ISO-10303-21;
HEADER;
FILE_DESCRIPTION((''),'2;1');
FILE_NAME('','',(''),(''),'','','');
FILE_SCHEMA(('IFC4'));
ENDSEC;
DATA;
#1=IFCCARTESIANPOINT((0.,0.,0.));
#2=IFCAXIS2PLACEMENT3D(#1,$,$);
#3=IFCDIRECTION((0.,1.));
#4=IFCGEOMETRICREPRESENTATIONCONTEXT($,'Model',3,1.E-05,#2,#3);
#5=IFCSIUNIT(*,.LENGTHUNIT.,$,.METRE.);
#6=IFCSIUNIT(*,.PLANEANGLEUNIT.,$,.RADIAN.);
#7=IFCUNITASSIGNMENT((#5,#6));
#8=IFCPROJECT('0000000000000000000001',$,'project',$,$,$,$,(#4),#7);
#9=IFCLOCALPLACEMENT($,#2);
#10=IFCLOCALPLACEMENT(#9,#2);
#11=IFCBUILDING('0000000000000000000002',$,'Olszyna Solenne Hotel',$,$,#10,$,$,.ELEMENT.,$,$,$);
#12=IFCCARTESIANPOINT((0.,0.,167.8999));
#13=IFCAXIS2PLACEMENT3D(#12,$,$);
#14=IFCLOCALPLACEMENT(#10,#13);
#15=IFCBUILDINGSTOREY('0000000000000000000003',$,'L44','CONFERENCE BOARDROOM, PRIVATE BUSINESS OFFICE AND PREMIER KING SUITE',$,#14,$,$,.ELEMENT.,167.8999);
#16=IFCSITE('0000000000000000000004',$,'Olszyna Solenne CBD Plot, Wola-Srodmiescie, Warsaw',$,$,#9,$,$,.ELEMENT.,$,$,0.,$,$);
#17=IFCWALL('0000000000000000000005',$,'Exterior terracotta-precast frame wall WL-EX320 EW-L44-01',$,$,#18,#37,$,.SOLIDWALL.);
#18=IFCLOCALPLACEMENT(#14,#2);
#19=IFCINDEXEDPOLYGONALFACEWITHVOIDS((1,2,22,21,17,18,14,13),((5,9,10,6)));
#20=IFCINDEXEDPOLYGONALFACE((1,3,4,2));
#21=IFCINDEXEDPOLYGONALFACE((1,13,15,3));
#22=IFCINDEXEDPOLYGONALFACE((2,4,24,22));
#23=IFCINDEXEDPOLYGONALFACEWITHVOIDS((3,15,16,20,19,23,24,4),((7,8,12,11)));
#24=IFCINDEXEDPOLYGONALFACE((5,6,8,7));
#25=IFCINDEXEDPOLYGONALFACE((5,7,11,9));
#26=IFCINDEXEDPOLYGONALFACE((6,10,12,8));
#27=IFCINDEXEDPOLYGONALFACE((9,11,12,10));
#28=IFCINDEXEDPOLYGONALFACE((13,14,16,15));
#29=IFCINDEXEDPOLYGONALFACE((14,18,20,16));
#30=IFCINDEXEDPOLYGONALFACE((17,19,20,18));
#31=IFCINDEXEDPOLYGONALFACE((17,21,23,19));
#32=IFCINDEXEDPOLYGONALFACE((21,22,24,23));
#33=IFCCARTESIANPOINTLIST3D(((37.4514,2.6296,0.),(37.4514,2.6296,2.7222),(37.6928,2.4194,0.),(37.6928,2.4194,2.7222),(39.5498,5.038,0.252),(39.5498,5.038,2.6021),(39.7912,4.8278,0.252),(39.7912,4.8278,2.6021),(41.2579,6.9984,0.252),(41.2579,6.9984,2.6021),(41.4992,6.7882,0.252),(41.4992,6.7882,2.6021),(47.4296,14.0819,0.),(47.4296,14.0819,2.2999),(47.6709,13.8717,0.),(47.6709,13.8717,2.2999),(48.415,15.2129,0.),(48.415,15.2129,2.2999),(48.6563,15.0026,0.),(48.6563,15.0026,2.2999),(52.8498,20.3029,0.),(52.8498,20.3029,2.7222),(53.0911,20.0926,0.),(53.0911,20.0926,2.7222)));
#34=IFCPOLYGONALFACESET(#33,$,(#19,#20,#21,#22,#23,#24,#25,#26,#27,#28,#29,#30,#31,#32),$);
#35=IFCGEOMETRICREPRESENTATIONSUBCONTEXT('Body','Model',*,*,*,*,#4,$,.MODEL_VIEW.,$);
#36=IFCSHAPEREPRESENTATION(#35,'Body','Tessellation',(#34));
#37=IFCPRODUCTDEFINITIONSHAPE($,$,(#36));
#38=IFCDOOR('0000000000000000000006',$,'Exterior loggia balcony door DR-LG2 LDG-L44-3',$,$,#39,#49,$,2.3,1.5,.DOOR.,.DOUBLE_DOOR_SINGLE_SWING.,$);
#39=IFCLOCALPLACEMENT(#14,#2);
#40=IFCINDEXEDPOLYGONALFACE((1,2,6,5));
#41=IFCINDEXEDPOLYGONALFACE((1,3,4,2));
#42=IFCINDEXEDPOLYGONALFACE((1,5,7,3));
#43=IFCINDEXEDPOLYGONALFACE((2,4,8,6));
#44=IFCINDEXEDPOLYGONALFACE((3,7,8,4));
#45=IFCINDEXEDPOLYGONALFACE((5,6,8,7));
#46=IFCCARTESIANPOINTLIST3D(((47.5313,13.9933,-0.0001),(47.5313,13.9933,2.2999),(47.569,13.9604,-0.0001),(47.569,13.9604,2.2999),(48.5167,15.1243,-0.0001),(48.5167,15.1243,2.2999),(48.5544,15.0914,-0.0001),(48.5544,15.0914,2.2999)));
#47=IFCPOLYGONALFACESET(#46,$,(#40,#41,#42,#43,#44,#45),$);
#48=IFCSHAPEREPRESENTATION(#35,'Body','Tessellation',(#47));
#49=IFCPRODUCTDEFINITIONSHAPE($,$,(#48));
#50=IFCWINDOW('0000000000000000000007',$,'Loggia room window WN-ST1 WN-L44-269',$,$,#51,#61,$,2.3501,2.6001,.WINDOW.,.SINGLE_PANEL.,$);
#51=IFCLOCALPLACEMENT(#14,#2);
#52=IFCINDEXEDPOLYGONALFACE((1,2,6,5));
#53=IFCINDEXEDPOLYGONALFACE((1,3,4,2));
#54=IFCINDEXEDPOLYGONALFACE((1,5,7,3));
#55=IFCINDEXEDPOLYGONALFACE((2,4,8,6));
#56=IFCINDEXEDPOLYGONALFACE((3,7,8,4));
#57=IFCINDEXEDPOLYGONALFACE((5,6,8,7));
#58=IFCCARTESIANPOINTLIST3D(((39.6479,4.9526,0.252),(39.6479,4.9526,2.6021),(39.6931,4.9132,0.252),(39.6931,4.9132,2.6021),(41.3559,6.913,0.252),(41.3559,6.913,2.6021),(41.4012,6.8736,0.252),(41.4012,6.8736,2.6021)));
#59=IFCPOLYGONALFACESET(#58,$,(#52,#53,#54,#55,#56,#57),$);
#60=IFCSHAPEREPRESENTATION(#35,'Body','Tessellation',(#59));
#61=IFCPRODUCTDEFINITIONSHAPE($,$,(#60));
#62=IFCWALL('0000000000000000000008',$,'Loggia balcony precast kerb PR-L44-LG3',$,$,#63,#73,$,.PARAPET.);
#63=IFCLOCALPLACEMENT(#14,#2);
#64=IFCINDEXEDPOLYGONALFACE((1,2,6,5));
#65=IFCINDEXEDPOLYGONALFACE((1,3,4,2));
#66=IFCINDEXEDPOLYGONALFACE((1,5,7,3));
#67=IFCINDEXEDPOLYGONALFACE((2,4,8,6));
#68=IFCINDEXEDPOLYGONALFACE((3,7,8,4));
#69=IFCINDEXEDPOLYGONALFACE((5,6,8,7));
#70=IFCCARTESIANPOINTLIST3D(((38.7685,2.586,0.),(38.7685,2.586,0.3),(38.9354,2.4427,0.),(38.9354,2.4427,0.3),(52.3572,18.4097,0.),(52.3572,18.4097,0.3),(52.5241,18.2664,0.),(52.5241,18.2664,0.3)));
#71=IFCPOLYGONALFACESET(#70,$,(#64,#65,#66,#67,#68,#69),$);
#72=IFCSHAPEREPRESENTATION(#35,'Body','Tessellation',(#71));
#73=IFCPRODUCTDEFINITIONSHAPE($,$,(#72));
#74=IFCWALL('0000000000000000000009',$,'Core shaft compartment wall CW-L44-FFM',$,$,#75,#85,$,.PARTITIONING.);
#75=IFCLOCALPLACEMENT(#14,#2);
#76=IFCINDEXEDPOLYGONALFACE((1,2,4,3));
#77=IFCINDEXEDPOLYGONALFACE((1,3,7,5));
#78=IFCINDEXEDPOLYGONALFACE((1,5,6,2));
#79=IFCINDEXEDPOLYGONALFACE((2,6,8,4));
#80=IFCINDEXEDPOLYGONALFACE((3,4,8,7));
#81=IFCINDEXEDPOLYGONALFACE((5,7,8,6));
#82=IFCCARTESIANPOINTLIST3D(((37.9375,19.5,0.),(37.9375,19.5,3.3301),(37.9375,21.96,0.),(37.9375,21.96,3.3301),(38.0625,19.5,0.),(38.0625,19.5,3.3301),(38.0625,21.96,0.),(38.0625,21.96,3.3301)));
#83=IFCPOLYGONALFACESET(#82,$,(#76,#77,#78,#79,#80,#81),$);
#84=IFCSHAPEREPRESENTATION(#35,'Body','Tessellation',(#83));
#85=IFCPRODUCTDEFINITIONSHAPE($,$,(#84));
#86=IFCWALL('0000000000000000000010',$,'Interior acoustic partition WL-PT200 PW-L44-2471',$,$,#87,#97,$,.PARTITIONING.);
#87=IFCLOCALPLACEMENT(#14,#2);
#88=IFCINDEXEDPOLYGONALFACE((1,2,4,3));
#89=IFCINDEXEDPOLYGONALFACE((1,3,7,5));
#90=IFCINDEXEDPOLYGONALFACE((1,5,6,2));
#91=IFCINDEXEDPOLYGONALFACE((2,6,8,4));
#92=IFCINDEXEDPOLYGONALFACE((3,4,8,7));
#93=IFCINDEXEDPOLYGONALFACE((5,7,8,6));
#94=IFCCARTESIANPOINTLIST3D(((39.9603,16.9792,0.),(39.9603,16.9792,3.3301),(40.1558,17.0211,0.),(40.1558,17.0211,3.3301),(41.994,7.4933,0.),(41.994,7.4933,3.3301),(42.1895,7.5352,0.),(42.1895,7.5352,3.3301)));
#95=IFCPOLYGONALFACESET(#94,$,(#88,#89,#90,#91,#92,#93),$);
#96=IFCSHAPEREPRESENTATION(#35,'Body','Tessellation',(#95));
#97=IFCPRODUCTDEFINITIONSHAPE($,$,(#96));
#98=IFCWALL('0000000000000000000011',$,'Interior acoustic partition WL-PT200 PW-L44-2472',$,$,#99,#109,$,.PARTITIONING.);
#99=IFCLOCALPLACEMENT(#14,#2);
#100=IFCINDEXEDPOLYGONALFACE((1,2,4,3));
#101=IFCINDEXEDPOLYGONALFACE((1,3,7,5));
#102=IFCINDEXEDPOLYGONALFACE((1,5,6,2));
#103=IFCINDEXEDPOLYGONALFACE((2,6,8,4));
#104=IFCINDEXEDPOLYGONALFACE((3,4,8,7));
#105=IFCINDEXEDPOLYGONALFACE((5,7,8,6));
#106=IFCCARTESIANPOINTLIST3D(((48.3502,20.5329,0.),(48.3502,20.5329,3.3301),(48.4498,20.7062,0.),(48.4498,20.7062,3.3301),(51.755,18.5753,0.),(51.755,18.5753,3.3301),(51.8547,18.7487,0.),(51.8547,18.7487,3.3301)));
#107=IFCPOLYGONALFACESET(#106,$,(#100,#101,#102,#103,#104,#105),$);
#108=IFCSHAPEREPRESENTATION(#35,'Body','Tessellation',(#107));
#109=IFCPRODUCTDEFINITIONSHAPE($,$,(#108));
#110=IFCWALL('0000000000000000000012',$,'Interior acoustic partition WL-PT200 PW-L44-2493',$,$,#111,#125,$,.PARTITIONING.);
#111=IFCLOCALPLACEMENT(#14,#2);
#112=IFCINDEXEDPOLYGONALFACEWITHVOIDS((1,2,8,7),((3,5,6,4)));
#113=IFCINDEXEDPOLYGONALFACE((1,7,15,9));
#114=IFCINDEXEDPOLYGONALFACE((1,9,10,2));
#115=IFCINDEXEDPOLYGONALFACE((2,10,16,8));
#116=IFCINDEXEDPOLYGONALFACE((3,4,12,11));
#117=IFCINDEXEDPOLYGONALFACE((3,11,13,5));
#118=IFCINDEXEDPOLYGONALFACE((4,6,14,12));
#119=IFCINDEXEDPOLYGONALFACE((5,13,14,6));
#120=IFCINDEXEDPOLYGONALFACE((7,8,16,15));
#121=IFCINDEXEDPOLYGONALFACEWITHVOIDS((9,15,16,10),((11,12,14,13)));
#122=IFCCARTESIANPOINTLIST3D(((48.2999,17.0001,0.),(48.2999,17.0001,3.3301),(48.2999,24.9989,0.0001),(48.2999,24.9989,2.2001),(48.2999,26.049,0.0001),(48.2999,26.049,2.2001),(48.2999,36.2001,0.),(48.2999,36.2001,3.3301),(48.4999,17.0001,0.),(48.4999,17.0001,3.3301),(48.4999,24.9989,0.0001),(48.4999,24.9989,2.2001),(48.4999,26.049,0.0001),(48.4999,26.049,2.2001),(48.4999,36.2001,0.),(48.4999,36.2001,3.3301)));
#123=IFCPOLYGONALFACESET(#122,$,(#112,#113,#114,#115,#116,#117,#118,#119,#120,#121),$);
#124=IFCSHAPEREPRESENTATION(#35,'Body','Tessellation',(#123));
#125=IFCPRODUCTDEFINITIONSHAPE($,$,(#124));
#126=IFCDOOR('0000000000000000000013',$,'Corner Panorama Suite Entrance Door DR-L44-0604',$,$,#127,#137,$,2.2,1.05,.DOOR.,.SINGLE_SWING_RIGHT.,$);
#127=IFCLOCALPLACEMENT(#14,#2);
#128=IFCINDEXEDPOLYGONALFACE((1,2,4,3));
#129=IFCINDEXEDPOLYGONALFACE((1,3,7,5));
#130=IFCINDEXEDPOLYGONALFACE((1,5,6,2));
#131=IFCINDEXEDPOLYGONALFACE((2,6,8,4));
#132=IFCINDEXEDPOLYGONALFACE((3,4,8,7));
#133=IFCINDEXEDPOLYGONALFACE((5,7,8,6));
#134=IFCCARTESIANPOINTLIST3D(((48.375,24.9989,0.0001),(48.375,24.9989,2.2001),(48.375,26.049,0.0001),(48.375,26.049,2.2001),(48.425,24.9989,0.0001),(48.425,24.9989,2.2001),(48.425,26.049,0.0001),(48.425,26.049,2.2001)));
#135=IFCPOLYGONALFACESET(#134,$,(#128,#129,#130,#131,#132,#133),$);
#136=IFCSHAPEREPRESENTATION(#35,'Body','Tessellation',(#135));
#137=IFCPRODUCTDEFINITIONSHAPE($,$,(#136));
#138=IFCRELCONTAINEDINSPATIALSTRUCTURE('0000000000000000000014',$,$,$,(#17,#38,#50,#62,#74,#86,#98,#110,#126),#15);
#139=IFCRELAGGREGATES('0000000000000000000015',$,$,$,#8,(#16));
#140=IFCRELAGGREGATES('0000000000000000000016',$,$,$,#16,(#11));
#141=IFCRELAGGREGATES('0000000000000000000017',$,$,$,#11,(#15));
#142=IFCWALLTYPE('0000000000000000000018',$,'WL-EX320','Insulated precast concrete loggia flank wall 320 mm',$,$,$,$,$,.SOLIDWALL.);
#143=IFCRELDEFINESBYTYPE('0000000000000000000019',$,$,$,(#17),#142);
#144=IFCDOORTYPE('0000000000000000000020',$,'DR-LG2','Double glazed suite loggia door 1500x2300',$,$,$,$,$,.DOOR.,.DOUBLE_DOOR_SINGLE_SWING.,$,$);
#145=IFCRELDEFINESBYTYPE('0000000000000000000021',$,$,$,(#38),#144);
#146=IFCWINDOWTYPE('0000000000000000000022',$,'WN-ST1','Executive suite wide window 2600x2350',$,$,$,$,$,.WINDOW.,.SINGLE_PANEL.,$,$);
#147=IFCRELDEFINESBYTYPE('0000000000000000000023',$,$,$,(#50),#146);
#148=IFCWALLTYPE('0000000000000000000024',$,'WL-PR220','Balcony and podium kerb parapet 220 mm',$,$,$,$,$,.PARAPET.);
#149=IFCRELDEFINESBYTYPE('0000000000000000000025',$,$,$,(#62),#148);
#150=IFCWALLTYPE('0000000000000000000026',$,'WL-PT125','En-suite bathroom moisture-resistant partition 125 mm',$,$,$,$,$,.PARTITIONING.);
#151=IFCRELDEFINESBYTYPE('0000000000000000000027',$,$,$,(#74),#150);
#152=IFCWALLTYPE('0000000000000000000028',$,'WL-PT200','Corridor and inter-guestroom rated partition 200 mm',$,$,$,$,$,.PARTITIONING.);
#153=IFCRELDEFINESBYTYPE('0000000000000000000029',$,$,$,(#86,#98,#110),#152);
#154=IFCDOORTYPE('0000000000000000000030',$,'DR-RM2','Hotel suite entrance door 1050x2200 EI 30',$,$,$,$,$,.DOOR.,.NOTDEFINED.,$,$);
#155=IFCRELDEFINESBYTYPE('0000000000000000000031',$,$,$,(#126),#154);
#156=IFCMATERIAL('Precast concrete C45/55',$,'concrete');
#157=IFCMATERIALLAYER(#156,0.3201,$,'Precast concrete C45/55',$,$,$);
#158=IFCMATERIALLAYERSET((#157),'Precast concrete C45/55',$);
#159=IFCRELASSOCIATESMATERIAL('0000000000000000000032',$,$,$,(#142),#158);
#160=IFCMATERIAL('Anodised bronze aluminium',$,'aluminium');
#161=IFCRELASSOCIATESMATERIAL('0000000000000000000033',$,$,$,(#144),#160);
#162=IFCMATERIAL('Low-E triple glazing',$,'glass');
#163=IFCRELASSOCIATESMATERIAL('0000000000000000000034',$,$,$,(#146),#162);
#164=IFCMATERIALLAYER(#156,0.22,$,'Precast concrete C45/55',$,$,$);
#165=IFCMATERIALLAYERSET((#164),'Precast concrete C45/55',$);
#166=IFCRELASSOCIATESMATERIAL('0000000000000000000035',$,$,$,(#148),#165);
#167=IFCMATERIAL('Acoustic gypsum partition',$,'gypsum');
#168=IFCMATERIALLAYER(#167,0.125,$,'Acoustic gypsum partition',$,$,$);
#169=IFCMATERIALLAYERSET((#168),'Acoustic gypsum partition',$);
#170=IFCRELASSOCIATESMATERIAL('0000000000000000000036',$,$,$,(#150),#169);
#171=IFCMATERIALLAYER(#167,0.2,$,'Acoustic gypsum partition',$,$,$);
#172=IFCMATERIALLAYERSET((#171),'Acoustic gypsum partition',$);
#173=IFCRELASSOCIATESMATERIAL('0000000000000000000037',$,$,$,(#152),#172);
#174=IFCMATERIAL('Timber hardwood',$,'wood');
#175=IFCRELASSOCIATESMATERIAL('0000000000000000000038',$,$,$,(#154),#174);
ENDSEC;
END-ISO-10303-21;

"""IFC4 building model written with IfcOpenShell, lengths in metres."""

from ifc_helpers import new_model, si_unit, direction, frame, frame_2d, origin, place, context, subcontext, project, spatial, rectangle, extrude, source, transform, mapped, material, layer, layer_set, type_object, type_shapes, element, fill, save


model = new_model("IFC4")

# Units and contexts
model_context = context("Model", 3, precision=1e-05, world=origin(), true_north=direction((0.0, 1.0)))
body_context = subcontext(model_context, "Body", "Model", "MODEL_VIEW")
ifc_project = project(units=[si_unit("LENGTHUNIT", "METRE"), si_unit("PLANEANGLEUNIT", "RADIAN")], contexts=[model_context])

# Site, building, storey
site_placement = place(None, origin())
site = spatial("IfcSite", under=ifc_project, at=site_placement, Name="Olszyna Solenne CBD Plot, Wola-Srodmiescie, Warsaw", CompositionType="ELEMENT", RefElevation=0.0)
building_placement = place(site_placement, origin())
building = spatial("IfcBuilding", under=site, at=building_placement, Name="Olszyna Solenne Hotel", CompositionType="ELEMENT")
storey_placement = place(building_placement, frame((0.0, 0.0, 167.8999)))
storey = spatial("IfcBuildingStorey", under=building, at=storey_placement, Name="L44", Description="CONFERENCE BOARDROOM, PRIVATE BUSINESS OFFICE AND PREMIER KING SUITE", CompositionType="ELEMENT", Elevation=167.8999)

# Wall, openings, door, window
ifc_material_1 = material(Name="Precast concrete C45/55", Category="concrete")
ifc_layer_1 = layer(ifc_material_1, 0.3201, Name="Precast concrete C45/55")
ifc_layer_set_1 = layer_set([ifc_layer_1], Name="Precast concrete C45/55")
wall_type_1 = type_object("IfcWallType", Name="WL-EX320", Description="Insulated precast concrete loggia flank wall 320 mm", PredefinedType="SOLIDWALL", material=ifc_layer_set_1)
wall_1_placement = place(storey_placement, frame((52.9705, 20.1978, 0.0), z_axis=(0.0, 0.0, 1.0), x_axis=(-0.656915, -0.753965, 0.0)))
wall_1 = element("IfcWall", 1, at=wall_1_placement, inside=storey, type_object=wall_type_1, Name="Exterior terracotta-precast frame wall WL-EX320 EW-L44-01", PredefinedType="SOLIDWALL", context=body_context, shape_type="SweptSolid", body=[
    extrude(rectangle(XDim=23.4404, YDim=0.3201, at=frame_2d((11.7202, 0.0))), origin(), (0.0, 0.0, 1.0), 2.7222),
])
opening_1_placement = place(wall_1_placement, frame((6.751, 0.0, 0.0)))
opening_1 = element("IfcOpeningElement", 2, at=opening_1_placement, cuts=wall_1, PredefinedType="OPENING", context=body_context, shape_type="SweptSolid", body=[
    extrude(rectangle(XDim=1.5, YDim=2.3, at=frame_2d((0.75, 1.1499))), frame((0.0, 0.1699, 0.0), z_axis=(0.0, -1.0, 0.0), x_axis=(1.0, 0.0, 0.0)), (0.0, 0.0, 1.0), 0.3401),
])
opening_2_placement = place(wall_1_placement, frame((17.646, 0.0, 0.252)))
opening_2 = element("IfcOpeningElement", 3, at=opening_2_placement, cuts=wall_1, PredefinedType="OPENING", context=body_context, shape_type="SweptSolid", body=[
    extrude(rectangle(XDim=2.6001, YDim=2.3501, at=frame_2d((1.3, 1.175))), frame((0.0, 0.1699, 0.0), z_axis=(0.0, -1.0, 0.0), x_axis=(1.0, 0.0, 0.0)), (0.0, 0.0, 1.0), 0.3401),
])
ifc_material_2 = material(Name="Anodised bronze aluminium", Category="aluminium")
door_type_1 = type_object("IfcDoorType", Name="DR-LG2", Description="Double glazed suite loggia door 1500x2300", OperationType="DOUBLE_DOOR_SINGLE_SWING", PredefinedType="DOOR", material=ifc_material_2)
shared_shape_1 = source(origin(), body_context, "Body", "SweptSolid", [
    extrude(rectangle(XDim=1.5, YDim=2.3, at=frame_2d((0.75, 1.1499))), frame((0.0, 0.0249, 0.0), z_axis=(0.0, -1.0, 0.0), x_axis=(1.0, 0.0, 0.0)), (0.0, 0.0, 1.0), 0.05),
])
type_shapes(door_type_1, [shared_shape_1])
door_1_placement = place(opening_1_placement, origin())
door_1 = element("IfcDoor", 4, at=door_1_placement, inside=storey, type_object=door_type_1, Name="Exterior loggia balcony door DR-LG2 LDG-L44-3", OperationType="DOUBLE_DOOR_SINGLE_SWING", OverallHeight=2.3, OverallWidth=1.5, PredefinedType="DOOR", context=body_context, shape_type="MappedRepresentation", body=[
    mapped(shared_shape_1, transform((0.0, 0.0, 0.0), x_axis=(1.0, 0.0, 0.0), y_axis=(0.0, 1.0, 0.0), z_axis=(0.0, 0.0, 1.0), scale=1.0)),
])
fill(opening_1, door_1)
ifc_material_3 = material(Name="Low-E triple glazing", Category="glass")
window_type = type_object("IfcWindowType", Name="WN-ST1", Description="Executive suite wide window 2600x2350", PartitioningType="SINGLE_PANEL", PredefinedType="WINDOW", material=ifc_material_3)
shared_shape_2 = source(origin(), body_context, "Body", "SweptSolid", [
    extrude(rectangle(XDim=2.6001, YDim=2.3501, at=frame_2d((1.3, 1.175))), frame((0.0, 0.03, 0.0), z_axis=(0.0, -1.0, 0.0), x_axis=(1.0, 0.0, 0.0)), (0.0, 0.0, 1.0), 0.0601),
])
type_shapes(window_type, [shared_shape_2])
window_placement = place(opening_2_placement, origin())
window = element("IfcWindow", 5, at=window_placement, inside=storey, type_object=window_type, Name="Loggia room window WN-ST1 WN-L44-269", OverallHeight=2.3501, OverallWidth=2.6001, PartitioningType="SINGLE_PANEL", PredefinedType="WINDOW", context=body_context, shape_type="MappedRepresentation", body=[
    mapped(shared_shape_2, transform((0.0, 0.0, 0.0), x_axis=(1.0, 0.0, 0.0), y_axis=(0.0, 1.0, 0.0), z_axis=(0.0, 0.0, 1.0), scale=1.0)),
])
fill(opening_2, window)

# Walls
ifc_layer_2 = layer(ifc_material_1, 0.22, Name="Precast concrete C45/55")
ifc_layer_set_2 = layer_set([ifc_layer_2], Name="Precast concrete C45/55")
wall_type_2 = type_object("IfcWallType", Name="WL-PR220", Description="Balcony and podium kerb parapet 220 mm", PredefinedType="PARAPET", material=ifc_layer_set_2)
wall_2_placement = place(storey_placement, frame((38.8521, 2.5144, 0.0), z_axis=(0.0, 0.0, 1.0), x_axis=(0.651494, 0.758654, 0.0)))
element("IfcWall", 6, at=wall_2_placement, inside=storey, type_object=wall_type_2, Name="Loggia balcony precast kerb PR-L44-LG3", PredefinedType="PARAPET", context=body_context, shape_type="SweptSolid", body=[
    extrude(rectangle(XDim=20.8577, YDim=0.22, at=frame_2d((10.4287, 0.0))), origin(), (0.0, 0.0, 1.0), 0.3),
])
ifc_material_4 = material(Name="Acoustic gypsum partition", Category="gypsum")
ifc_layer_3 = layer(ifc_material_4, 0.125, Name="Acoustic gypsum partition")
ifc_layer_set_3 = layer_set([ifc_layer_3], Name="Acoustic gypsum partition")
wall_type_3 = type_object("IfcWallType", Name="WL-PT125", Description="En-suite bathroom moisture-resistant partition 125 mm", PredefinedType="PARTITIONING", material=ifc_layer_set_3)
wall_3_placement = place(storey_placement, frame((38.0, 19.5, 0.0), z_axis=(0.0, 0.0, 1.0), x_axis=(0.0, 1.0, 0.0)))
element("IfcWall", 7, at=wall_3_placement, inside=storey, type_object=wall_type_3, Name="Core shaft compartment wall CW-L44-FFM", PredefinedType="PARTITIONING", context=body_context, shape_type="SweptSolid", body=[
    extrude(rectangle(XDim=2.46, YDim=0.125, at=frame_2d((1.23, 0.0))), origin(), (0.0, 0.0, 1.0), 3.3301),
])
ifc_layer_4 = layer(ifc_material_4, 0.2, Name="Acoustic gypsum partition")
ifc_layer_set_4 = layer_set([ifc_layer_4], Name="Acoustic gypsum partition")
wall_type_4 = type_object("IfcWallType", Name="WL-PT200", Description="Corridor and inter-guestroom rated partition 200 mm", PredefinedType="PARTITIONING", material=ifc_layer_set_4)
wall_4_placement = place(storey_placement, frame((40.0581, 17.0, 0.0), z_axis=(0.0, 0.0, 1.0), x_axis=(0.209629, -0.977781, 0.0)))
element("IfcWall", 8, at=wall_4_placement, inside=storey, type_object=wall_type_4, Name="Interior acoustic partition WL-PT200 PW-L44-2471", PredefinedType="PARTITIONING", context=body_context, shape_type="SweptSolid", body=[
    extrude(rectangle(XDim=9.7014, YDim=0.2, at=frame_2d((4.8506, 0.0))), origin(), (0.0, 0.0, 1.0), 3.3301),
])
wall_5_placement = place(storey_placement, frame((48.3999, 20.6196, 0.0), z_axis=(0.0, 0.0, 1.0), x_axis=(0.866932, -0.498427, 0.0)))
element("IfcWall", 9, at=wall_5_placement, inside=storey, type_object=wall_type_4, Name="Interior acoustic partition WL-PT200 PW-L44-2472", PredefinedType="PARTITIONING", context=body_context, shape_type="SweptSolid", body=[
    extrude(rectangle(XDim=3.9275, YDim=0.2, at=frame_2d((1.9639, 0.0))), origin(), (0.0, 0.0, 1.0), 3.3301),
])

# Wall, opening, door
wall_6_placement = place(storey_placement, frame((48.3999, 17.0, 0.0), z_axis=(0.0, 0.0, 1.0), x_axis=(0.0, 1.0, 0.0)))
wall_6 = element("IfcWall", 10, at=wall_6_placement, inside=storey, type_object=wall_type_4, Name="Interior acoustic partition WL-PT200 PW-L44-2493", PredefinedType="PARTITIONING", context=body_context, shape_type="SweptSolid", body=[
    extrude(rectangle(XDim=19.2, YDim=0.2, at=frame_2d((9.6001, 0.0))), origin(), (0.0, 0.0, 1.0), 3.3301),
])
opening_3_placement = place(wall_6_placement, frame((7.999, 0.0, 0.0)))
opening_3 = element("IfcOpeningElement", 11, at=opening_3_placement, cuts=wall_6, PredefinedType="OPENING", context=body_context, shape_type="SweptSolid", body=[
    extrude(rectangle(XDim=1.05, YDim=2.2, at=frame_2d((0.5249, 1.1001))), frame((0.0, 0.1099, 0.0), z_axis=(0.0, -1.0, 0.0), x_axis=(1.0, 0.0, 0.0)), (0.0, 0.0, 1.0), 0.22),
])
ifc_material_5 = material(Name="Timber hardwood", Category="wood")
door_type_2 = type_object("IfcDoorType", Name="DR-RM2", Description="Hotel suite entrance door 1050x2200 EI 30", OperationType="NOTDEFINED", PredefinedType="DOOR", material=ifc_material_5)
shared_shape_3 = source(origin(), body_context, "Body", "SweptSolid", [
    extrude(rectangle(XDim=1.05, YDim=2.2, at=frame_2d((0.5249, 1.1001))), frame((0.0, 0.0249, 0.0), z_axis=(0.0, -1.0, 0.0), x_axis=(1.0, 0.0, 0.0)), (0.0, 0.0, 1.0), 0.05),
])
type_shapes(door_type_2, [shared_shape_3])
door_2_placement = place(opening_3_placement, origin())
door_2 = element("IfcDoor", 12, at=door_2_placement, inside=storey, type_object=door_type_2, Name="Corner Panorama Suite Entrance Door DR-L44-0604", OperationType="SINGLE_SWING_RIGHT", OverallHeight=2.2, OverallWidth=1.05, PredefinedType="DOOR", context=body_context, shape_type="MappedRepresentation", body=[
    mapped(shared_shape_3, transform((0.0, 0.0, 0.0), x_axis=(1.0, 0.0, 0.0), y_axis=(0.0, 1.0, 0.0), z_axis=(0.0, 0.0, 1.0), scale=1.0)),
])
fill(opening_3, door_2)

save(model, "model.ifc")
